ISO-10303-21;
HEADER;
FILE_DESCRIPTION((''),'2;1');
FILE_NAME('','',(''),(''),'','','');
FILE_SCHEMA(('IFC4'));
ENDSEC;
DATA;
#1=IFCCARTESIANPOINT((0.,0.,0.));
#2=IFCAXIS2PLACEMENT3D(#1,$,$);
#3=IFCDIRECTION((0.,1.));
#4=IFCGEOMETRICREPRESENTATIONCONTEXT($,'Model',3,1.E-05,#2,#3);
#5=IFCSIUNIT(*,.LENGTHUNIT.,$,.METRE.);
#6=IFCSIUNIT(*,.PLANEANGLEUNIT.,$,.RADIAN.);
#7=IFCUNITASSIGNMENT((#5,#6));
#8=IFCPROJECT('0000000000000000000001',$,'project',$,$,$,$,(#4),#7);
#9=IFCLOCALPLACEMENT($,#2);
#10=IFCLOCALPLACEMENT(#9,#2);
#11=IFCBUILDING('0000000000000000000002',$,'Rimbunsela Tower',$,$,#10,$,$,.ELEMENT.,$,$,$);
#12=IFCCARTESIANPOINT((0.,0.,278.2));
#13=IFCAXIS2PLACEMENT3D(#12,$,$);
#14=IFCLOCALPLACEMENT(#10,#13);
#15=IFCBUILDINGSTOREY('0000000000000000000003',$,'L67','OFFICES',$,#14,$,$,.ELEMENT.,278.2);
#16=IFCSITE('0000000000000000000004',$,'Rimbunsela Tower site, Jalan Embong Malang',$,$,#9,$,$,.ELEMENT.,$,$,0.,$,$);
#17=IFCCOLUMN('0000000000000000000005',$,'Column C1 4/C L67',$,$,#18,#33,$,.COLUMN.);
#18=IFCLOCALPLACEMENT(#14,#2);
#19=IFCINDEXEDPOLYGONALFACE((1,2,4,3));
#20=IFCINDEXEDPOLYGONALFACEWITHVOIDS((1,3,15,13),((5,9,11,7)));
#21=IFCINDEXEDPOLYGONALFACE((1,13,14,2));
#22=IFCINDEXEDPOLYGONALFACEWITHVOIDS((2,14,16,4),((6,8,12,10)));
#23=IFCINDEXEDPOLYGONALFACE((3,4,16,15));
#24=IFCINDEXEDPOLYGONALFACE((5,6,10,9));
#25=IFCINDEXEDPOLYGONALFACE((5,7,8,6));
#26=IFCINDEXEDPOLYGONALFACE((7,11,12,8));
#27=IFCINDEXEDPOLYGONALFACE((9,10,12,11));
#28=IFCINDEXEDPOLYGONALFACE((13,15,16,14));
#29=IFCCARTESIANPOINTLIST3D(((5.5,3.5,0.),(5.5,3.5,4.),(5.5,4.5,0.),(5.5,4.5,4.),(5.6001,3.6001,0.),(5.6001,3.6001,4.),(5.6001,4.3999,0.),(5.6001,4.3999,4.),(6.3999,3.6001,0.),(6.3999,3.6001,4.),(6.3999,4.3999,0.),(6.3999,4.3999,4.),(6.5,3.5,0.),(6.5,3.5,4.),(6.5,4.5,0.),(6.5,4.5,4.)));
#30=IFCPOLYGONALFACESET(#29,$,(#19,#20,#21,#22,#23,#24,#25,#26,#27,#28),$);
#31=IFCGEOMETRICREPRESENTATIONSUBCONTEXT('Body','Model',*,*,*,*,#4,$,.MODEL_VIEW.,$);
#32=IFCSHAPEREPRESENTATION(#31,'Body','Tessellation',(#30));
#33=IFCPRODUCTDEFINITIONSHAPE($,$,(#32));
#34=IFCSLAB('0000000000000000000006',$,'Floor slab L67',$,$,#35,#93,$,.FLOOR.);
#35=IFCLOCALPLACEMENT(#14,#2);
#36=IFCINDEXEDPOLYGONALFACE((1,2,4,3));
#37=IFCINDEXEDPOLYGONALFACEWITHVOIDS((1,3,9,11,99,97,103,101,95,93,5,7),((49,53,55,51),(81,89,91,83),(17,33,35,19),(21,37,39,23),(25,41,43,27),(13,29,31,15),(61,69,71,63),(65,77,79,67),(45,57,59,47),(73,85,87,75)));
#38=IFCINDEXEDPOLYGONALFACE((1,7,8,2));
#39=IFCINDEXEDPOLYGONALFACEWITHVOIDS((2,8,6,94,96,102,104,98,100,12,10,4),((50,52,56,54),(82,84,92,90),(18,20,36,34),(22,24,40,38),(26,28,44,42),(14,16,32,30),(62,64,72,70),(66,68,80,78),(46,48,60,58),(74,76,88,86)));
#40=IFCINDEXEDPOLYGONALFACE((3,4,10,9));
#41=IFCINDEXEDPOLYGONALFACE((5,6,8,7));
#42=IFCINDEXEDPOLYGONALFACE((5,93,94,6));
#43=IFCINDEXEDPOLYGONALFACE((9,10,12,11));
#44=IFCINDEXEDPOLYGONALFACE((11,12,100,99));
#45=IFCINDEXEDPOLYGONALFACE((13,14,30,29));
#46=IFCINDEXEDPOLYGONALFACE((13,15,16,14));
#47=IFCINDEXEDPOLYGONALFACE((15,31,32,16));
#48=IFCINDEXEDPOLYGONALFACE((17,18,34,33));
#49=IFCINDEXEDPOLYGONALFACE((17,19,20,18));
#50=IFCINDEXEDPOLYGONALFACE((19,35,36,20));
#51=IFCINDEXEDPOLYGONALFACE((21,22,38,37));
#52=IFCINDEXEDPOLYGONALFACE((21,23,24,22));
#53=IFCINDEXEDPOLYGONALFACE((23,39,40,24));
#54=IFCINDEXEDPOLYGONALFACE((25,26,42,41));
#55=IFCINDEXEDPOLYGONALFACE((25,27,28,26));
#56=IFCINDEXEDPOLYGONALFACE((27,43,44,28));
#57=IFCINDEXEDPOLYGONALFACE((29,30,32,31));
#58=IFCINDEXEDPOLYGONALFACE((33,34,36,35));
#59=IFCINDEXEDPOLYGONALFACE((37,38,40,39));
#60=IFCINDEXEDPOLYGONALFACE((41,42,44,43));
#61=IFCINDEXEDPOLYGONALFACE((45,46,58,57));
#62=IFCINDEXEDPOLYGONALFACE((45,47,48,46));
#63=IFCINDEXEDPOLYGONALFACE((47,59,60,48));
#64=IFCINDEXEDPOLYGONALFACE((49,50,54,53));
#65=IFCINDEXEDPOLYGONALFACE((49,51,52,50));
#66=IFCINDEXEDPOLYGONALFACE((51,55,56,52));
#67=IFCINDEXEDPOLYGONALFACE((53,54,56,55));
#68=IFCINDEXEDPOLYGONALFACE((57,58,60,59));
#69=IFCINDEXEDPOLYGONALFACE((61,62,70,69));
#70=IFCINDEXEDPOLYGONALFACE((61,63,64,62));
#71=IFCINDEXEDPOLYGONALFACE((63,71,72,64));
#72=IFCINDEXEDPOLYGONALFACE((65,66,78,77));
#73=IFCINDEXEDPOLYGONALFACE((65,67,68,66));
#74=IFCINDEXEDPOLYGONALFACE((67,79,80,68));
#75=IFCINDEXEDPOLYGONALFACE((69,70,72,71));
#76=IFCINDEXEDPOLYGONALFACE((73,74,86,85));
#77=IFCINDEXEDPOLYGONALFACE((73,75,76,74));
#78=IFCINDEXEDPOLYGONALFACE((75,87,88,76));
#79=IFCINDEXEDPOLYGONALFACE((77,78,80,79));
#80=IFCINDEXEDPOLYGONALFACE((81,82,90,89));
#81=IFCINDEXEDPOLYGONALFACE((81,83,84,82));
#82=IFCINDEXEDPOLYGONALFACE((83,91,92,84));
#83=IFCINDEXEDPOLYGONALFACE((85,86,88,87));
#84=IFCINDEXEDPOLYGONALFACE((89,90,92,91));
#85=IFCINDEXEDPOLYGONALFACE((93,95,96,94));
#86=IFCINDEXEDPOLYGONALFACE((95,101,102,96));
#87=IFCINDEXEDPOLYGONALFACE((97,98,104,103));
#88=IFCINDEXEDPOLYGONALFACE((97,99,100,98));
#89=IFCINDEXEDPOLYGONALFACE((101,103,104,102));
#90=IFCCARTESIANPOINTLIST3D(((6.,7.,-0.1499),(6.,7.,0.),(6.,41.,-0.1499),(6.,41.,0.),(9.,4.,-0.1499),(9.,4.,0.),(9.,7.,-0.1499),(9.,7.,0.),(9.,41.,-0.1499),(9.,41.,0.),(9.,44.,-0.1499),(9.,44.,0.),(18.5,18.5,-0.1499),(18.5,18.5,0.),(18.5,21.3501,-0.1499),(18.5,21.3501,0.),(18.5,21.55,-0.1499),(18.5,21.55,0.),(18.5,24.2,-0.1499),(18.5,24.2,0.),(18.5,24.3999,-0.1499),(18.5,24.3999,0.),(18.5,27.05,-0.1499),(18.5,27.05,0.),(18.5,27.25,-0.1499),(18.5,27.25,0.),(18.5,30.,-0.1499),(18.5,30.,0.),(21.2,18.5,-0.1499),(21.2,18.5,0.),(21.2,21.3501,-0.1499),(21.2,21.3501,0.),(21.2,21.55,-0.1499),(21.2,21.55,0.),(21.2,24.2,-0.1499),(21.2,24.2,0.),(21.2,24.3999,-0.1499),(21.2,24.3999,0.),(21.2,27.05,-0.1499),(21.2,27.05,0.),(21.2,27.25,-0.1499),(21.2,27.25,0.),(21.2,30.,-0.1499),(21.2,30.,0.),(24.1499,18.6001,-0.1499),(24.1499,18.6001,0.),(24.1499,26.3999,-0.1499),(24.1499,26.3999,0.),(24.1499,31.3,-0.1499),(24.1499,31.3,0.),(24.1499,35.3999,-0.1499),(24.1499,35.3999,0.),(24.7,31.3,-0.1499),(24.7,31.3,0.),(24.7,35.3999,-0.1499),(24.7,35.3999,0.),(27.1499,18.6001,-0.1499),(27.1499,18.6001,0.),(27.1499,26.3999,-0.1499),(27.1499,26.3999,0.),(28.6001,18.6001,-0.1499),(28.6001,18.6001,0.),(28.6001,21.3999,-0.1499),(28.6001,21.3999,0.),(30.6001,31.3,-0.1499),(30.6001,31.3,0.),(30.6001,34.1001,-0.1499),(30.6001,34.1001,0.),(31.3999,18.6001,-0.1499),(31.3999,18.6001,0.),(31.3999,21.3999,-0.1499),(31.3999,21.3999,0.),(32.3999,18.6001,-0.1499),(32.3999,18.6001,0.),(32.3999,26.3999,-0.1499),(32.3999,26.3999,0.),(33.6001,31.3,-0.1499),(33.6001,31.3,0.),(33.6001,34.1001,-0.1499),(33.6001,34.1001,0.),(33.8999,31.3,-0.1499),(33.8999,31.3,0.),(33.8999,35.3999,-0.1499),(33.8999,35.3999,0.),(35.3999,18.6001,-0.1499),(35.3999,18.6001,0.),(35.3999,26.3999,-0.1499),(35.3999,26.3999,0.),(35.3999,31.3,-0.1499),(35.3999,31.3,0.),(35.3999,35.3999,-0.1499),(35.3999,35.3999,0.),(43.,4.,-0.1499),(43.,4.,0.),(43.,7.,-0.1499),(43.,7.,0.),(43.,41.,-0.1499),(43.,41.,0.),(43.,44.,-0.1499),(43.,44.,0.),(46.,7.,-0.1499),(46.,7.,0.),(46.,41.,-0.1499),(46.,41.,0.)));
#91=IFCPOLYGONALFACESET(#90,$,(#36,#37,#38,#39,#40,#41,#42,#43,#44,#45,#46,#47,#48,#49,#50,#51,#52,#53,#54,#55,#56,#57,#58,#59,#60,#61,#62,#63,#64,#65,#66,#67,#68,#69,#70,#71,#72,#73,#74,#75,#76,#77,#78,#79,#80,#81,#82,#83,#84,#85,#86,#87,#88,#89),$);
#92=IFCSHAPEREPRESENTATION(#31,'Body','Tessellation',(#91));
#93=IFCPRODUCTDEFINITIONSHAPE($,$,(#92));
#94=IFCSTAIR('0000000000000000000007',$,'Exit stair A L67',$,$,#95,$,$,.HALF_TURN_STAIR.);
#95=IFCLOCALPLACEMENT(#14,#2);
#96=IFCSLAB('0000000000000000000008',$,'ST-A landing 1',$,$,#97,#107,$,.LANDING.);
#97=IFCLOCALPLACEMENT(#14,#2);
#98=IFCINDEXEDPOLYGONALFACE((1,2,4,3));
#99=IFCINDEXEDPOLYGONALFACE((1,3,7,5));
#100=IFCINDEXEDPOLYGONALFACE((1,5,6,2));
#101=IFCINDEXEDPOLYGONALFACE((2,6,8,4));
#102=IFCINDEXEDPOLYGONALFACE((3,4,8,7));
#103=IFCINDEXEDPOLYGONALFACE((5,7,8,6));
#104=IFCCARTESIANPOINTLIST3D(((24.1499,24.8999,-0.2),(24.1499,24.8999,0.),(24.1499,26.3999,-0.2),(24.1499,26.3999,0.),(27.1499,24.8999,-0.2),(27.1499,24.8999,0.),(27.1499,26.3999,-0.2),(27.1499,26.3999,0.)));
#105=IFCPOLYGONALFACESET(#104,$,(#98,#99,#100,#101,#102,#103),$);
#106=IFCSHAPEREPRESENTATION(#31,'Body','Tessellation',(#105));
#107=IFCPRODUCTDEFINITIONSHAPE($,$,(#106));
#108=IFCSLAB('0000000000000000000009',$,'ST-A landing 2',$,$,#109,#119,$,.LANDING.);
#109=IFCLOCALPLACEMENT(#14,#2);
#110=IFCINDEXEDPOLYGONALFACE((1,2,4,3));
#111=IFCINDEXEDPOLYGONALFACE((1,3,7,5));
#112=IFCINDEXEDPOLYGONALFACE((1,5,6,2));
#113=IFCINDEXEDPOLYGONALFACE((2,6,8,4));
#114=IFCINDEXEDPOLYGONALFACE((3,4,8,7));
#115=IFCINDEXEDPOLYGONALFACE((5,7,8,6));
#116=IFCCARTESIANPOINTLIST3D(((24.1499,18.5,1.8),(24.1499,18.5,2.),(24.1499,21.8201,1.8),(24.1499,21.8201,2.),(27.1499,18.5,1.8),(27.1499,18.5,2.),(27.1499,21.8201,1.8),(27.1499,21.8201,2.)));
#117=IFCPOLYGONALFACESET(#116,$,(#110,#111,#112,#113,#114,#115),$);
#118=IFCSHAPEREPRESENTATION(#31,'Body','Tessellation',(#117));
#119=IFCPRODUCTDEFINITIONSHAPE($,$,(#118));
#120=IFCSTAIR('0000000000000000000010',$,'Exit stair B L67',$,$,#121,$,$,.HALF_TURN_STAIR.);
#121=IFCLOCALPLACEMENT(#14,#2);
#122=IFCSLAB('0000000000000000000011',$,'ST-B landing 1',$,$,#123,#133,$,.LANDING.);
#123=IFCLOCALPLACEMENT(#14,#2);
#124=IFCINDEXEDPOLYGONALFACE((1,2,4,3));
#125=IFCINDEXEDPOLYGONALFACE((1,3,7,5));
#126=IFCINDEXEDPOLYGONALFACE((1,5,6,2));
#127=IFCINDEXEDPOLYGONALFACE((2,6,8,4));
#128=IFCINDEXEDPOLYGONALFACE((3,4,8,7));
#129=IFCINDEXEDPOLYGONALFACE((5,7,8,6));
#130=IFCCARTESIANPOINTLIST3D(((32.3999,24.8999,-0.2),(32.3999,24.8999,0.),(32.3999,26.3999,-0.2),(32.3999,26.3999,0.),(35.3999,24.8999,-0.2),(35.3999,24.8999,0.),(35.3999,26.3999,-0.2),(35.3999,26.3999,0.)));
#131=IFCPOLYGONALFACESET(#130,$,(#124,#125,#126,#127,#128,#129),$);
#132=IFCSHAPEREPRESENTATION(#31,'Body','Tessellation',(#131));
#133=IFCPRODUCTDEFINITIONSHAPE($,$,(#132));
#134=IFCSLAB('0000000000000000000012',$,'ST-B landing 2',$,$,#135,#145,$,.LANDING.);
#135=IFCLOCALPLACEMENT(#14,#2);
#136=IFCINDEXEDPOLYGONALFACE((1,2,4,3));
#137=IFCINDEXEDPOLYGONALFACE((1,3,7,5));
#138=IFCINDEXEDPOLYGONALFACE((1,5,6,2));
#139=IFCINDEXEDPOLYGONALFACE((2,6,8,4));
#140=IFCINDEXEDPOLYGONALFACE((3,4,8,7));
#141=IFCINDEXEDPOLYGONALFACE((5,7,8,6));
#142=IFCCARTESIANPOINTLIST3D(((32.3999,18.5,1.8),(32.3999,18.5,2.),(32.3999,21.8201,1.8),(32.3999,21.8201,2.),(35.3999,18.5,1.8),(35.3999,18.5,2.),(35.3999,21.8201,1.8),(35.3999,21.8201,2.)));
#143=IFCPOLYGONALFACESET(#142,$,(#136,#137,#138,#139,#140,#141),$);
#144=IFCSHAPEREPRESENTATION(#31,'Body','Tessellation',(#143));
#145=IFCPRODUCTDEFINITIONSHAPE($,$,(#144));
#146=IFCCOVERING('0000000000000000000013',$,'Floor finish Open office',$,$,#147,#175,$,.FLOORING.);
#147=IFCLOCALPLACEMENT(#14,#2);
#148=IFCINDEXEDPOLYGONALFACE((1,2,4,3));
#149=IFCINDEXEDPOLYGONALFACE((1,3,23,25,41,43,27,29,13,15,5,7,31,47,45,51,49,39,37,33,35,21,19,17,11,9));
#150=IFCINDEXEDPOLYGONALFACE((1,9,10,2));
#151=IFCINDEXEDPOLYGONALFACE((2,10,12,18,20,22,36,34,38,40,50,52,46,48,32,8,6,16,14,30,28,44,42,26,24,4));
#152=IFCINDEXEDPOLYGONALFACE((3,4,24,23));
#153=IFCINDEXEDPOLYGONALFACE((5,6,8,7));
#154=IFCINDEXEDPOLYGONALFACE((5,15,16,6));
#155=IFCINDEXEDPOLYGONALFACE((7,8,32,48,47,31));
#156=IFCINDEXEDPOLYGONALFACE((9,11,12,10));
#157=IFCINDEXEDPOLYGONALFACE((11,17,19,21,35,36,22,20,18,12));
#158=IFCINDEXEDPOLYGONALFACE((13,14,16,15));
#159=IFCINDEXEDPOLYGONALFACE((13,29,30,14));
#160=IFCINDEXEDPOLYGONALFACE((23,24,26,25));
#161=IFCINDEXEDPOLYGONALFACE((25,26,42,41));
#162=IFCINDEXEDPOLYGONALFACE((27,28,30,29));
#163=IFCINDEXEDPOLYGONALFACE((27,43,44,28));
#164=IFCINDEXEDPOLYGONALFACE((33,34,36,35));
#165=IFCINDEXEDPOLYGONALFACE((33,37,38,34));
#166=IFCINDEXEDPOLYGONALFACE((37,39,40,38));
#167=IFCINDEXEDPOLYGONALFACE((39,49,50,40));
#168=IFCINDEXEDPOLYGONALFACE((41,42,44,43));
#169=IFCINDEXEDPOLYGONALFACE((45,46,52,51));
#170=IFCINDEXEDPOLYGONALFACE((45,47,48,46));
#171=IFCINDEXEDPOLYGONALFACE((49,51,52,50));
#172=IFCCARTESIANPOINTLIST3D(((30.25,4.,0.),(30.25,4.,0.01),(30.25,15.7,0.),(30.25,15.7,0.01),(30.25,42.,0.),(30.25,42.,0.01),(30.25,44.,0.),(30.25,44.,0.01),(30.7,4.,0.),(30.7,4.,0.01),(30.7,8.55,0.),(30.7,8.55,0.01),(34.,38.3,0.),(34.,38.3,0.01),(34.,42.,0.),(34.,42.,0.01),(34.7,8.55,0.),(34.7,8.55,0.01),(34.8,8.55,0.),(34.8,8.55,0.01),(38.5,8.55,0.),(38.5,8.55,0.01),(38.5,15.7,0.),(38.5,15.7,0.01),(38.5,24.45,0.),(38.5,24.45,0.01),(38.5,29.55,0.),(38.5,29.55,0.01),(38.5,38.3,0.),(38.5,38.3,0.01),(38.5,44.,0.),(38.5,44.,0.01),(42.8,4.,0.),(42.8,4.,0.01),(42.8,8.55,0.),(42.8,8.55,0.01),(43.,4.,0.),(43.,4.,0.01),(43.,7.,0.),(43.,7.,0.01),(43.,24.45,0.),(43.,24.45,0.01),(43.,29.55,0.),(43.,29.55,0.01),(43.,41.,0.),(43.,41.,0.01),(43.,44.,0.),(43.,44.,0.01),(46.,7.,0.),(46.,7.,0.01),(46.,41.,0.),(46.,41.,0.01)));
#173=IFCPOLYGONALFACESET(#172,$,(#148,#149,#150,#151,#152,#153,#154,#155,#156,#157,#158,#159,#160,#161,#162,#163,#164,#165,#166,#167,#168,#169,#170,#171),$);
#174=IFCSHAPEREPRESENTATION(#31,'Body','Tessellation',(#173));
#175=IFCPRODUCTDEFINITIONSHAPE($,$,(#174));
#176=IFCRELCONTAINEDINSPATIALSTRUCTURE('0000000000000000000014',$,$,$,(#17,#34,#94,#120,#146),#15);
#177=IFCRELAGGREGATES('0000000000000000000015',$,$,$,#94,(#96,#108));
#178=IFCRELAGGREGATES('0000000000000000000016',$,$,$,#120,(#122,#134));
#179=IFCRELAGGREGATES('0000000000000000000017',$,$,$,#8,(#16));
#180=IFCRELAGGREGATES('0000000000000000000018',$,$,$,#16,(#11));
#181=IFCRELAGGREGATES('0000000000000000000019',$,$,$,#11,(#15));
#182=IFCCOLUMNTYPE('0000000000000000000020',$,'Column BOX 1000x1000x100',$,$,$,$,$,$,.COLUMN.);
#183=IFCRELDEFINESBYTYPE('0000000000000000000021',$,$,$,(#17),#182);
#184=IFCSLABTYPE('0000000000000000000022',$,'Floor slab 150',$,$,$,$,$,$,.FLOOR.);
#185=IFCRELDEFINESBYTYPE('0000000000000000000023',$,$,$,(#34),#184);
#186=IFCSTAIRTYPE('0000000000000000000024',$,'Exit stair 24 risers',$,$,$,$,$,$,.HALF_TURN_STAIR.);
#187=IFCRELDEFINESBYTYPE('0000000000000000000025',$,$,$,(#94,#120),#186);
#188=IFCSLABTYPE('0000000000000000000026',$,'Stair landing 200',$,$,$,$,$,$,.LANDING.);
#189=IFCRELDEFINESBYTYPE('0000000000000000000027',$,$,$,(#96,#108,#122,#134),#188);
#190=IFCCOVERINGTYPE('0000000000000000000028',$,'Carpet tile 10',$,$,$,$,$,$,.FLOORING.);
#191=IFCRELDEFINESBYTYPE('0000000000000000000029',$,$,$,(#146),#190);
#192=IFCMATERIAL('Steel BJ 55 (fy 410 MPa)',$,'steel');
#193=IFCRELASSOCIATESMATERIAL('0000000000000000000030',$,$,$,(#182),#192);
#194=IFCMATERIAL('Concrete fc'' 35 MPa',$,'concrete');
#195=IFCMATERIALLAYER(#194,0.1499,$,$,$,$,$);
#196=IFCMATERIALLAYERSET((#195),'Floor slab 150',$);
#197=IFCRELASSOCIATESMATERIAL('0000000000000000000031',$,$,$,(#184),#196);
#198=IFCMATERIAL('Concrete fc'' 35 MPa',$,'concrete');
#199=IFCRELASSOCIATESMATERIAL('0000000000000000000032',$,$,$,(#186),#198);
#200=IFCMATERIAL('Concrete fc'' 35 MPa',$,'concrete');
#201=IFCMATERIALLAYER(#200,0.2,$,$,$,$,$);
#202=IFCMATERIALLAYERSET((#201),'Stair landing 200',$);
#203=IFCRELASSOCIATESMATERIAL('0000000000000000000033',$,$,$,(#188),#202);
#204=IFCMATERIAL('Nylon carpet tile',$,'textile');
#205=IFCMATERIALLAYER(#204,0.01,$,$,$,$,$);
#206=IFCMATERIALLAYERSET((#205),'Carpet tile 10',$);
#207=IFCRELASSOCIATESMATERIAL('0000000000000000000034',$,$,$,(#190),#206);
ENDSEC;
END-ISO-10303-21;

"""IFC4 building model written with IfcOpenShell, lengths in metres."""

from ifc_helpers import new_model, si_unit, direction, frame, origin, origin_2d, place, context, subcontext, project, spatial, polyline, hollow_rectangle, outline, extrude, material, layer, layer_set, material_profile, profile_set, type_object, element, aggregate, save


model = new_model("IFC4")

# Units and contexts
model_context = context("Model", 3, precision=1e-05, world=origin(), true_north=direction((0.0, 1.0)))
body_context = subcontext(model_context, "Body", "Model", "MODEL_VIEW")
ifc_project = project(units=[si_unit("LENGTHUNIT", "METRE"), si_unit("PLANEANGLEUNIT", "RADIAN")], contexts=[model_context])

# Site, building, storey
site_placement = place(None, origin())
site = spatial("IfcSite", under=ifc_project, at=site_placement, Name="Rimbunsela Tower site, Jalan Embong Malang", CompositionType="ELEMENT", RefElevation=0.0)
building_placement = place(site_placement, origin())
building = spatial("IfcBuilding", under=site, at=building_placement, Name="Rimbunsela Tower", CompositionType="ELEMENT")
storey_placement = place(building_placement, frame((0.0, 0.0, 278.2)))
storey = spatial("IfcBuildingStorey", under=building, at=storey_placement, Name="L67", Description="OFFICES", CompositionType="ELEMENT", Elevation=278.2)

# Column
ifc_material_1 = material(Name="Steel BJ 55 (fy 410 MPa)", Category="steel")
ifc_material_profile = material_profile(ifc_material_1, hollow_rectangle(XDim=1.0, YDim=1.0, WallThickness=0.1001, at=origin_2d()), Name="BOX 1000x1000x100")
ifc_profile_set = profile_set([ifc_material_profile], Name="Steel BJ 55 (fy 410 MPa)")
column_type = type_object("IfcColumnType", Name="Column BOX 1000x1000x100", PredefinedType="COLUMN", material=ifc_profile_set)
column_placement = place(storey_placement, frame((6.0, 4.0, 0.0), z_axis=(0.0, 0.0, 1.0), x_axis=(1.0, 0.0, 0.0)))
element("IfcColumn", 1, at=column_placement, inside=storey, type_object=column_type, Name="Column C1 4/C L67", PredefinedType="COLUMN", context=body_context, shape_type="SweptSolid", body=[
    extrude(hollow_rectangle(XDim=1.0, YDim=1.0, WallThickness=0.1001, at=origin_2d()), origin(), (0.0, 0.0, 1.0), 4.0),
])

# Slab
ifc_material_2 = material(Name="Concrete fc' 35 MPa", Category="concrete")
ifc_layer_1 = layer(ifc_material_2, 0.1499)
ifc_layer_set_1 = layer_set([ifc_layer_1], Name="Floor slab 150")
slab_type_1 = type_object("IfcSlabType", Name="Floor slab 150", PredefinedType="FLOOR", material=ifc_layer_set_1)
slab_1_placement = place(storey_placement, frame((0.0, 0.0, -0.1499)))
element("IfcSlab", 2, at=slab_1_placement, inside=storey, type_object=slab_type_1, Name="Floor slab L67", PredefinedType="FLOOR", context=body_context, shape_type="SweptSolid", body=[
    extrude(outline(polyline([(9.0, 4.0), (43.0, 4.0), (43.0, 7.0), (46.0, 7.0), (46.0, 41.0), (43.0, 41.0), (43.0, 44.0), (9.0, 44.0), (9.0, 41.0), (6.0, 41.0), (6.0, 7.0), (9.0, 7.0), (9.0, 4.0)]), holes=[polyline([(21.2, 21.3501), (18.5, 21.3501), (18.5, 18.5), (21.2, 18.5), (21.2, 21.3501)]), polyline([(21.2, 21.55), (21.2, 24.2), (18.5, 24.2), (18.5, 21.55), (21.2, 21.55)]), polyline([(21.2, 27.05), (18.5, 27.05), (18.5, 24.3999), (21.2, 24.3999), (21.2, 27.05)]), polyline([(21.2, 30.0), (18.5, 30.0), (18.5, 27.25), (21.2, 27.25), (21.2, 30.0)]), polyline([(27.1499, 26.3999), (24.1499, 26.3999), (24.1499, 18.6001), (27.1499, 18.6001), (27.1499, 26.3999)]), polyline([(24.7, 31.3), (24.7, 35.3999), (24.1499, 35.3999), (24.1499, 31.3), (24.7, 31.3)]), polyline([(31.3999, 21.3999), (28.6001, 21.3999), (28.6001, 18.6001), (31.3999, 18.6001), (31.3999, 21.3999)]), polyline([(33.6001, 34.1001), (30.6001, 34.1001), (30.6001, 31.3), (33.6001, 31.3), (33.6001, 34.1001)]), polyline([(35.3999, 18.6001), (35.3999, 26.3999), (32.3999, 26.3999), (32.3999, 18.6001), (35.3999, 18.6001)]), polyline([(35.3999, 31.3), (35.3999, 35.3999), (33.8999, 35.3999), (33.8999, 31.3), (35.3999, 31.3)])]), origin(), (0.0, 0.0, 1.0), 0.1499),
])

# Stairs, slabs
ifc_material_3 = material(Name="Concrete fc' 35 MPa", Category="concrete")
stair_type = type_object("IfcStairType", Name="Exit stair 24 risers", PredefinedType="HALF_TURN_STAIR", material=ifc_material_3)
stair_1_placement = place(storey_placement, origin())
stair_1 = element("IfcStair", 3, at=stair_1_placement, inside=storey, type_object=stair_type, Name="Exit stair A L67", PredefinedType="HALF_TURN_STAIR")
ifc_material_4 = material(Name="Concrete fc' 35 MPa", Category="concrete")
ifc_layer_2 = layer(ifc_material_4, 0.2)
ifc_layer_set_2 = layer_set([ifc_layer_2], Name="Stair landing 200")
slab_type_2 = type_object("IfcSlabType", Name="Stair landing 200", PredefinedType="LANDING", material=ifc_layer_set_2)
slab_2_placement = place(storey_placement, frame((0.0, 0.0, -0.2)))
slab_2 = element("IfcSlab", 4, at=slab_2_placement, type_object=slab_type_2, Name="ST-A landing 1", PredefinedType="LANDING", context=body_context, shape_type="SweptSolid", body=[
    extrude(outline(polyline([(24.1499, 24.8999), (27.1499, 24.8999), (27.1499, 26.3999), (24.1499, 26.3999), (24.1499, 24.8999)])), origin(), (0.0, 0.0, 1.0), 0.2),
])
slab_3_placement = place(storey_placement, frame((0.0, 0.0, 1.8)))
slab_3 = element("IfcSlab", 5, at=slab_3_placement, type_object=slab_type_2, Name="ST-A landing 2", PredefinedType="LANDING", context=body_context, shape_type="SweptSolid", body=[
    extrude(outline(polyline([(24.1499, 18.5), (27.1499, 18.5), (27.1499, 21.8201), (24.1499, 21.8201), (24.1499, 18.5)])), origin(), (0.0, 0.0, 1.0), 0.2),
])
aggregate(stair_1, [slab_2, slab_3])
stair_2_placement = place(storey_placement, origin())
stair_2 = element("IfcStair", 6, at=stair_2_placement, inside=storey, type_object=stair_type, Name="Exit stair B L67", PredefinedType="HALF_TURN_STAIR")
slab_4_placement = place(storey_placement, frame((0.0, 0.0, -0.2)))
slab_4 = element("IfcSlab", 7, at=slab_4_placement, type_object=slab_type_2, Name="ST-B landing 1", PredefinedType="LANDING", context=body_context, shape_type="SweptSolid", body=[
    extrude(outline(polyline([(32.3999, 24.8999), (35.3999, 24.8999), (35.3999, 26.3999), (32.3999, 26.3999), (32.3999, 24.8999)])), origin(), (0.0, 0.0, 1.0), 0.2),
])
slab_5_placement = place(storey_placement, frame((0.0, 0.0, 1.8)))
slab_5 = element("IfcSlab", 8, at=slab_5_placement, type_object=slab_type_2, Name="ST-B landing 2", PredefinedType="LANDING", context=body_context, shape_type="SweptSolid", body=[
    extrude(outline(polyline([(32.3999, 18.5), (35.3999, 18.5), (35.3999, 21.8201), (32.3999, 21.8201), (32.3999, 18.5)])), origin(), (0.0, 0.0, 1.0), 0.2),
])
aggregate(stair_2, [slab_4, slab_5])

# Covering
ifc_material_5 = material(Name="Nylon carpet tile", Category="textile")
ifc_layer_3 = layer(ifc_material_5, 0.01)
ifc_layer_set_3 = layer_set([ifc_layer_3], Name="Carpet tile 10")
covering_type_1 = type_object("IfcCoveringType", Name="Carpet tile 10", PredefinedType="FLOORING", material=ifc_layer_set_3)
covering_1_placement = place(storey_placement, origin())
element("IfcCovering", 9, at=covering_1_placement, inside=storey, type_object=covering_type_1, Name="Floor finish Open office", PredefinedType="FLOORING", context=body_context, shape_type="SweptSolid", body=[
    extrude(outline(polyline([(30.7, 8.55), (30.7, 4.0), (30.25, 4.0), (30.25, 15.7), (38.5, 15.7), (38.5, 24.45), (43.0, 24.45), (43.0, 29.55), (38.5, 29.55), (38.5, 38.3), (34.0, 38.3), (34.0, 42.0), (30.25, 42.0), (30.25, 44.0), (38.5, 44.0), (43.0, 44.0), (43.0, 41.0), (46.0, 41.0), (46.0, 7.0), (43.0, 7.0), (43.0, 4.0), (42.8, 4.0), (42.8, 8.55), (38.5, 8.55), (34.8, 8.55), (34.7, 8.55), (30.7, 8.55)])), origin(), (0.0, 0.0, 1.0), 0.01),
])

save(model, "model.ifc")
